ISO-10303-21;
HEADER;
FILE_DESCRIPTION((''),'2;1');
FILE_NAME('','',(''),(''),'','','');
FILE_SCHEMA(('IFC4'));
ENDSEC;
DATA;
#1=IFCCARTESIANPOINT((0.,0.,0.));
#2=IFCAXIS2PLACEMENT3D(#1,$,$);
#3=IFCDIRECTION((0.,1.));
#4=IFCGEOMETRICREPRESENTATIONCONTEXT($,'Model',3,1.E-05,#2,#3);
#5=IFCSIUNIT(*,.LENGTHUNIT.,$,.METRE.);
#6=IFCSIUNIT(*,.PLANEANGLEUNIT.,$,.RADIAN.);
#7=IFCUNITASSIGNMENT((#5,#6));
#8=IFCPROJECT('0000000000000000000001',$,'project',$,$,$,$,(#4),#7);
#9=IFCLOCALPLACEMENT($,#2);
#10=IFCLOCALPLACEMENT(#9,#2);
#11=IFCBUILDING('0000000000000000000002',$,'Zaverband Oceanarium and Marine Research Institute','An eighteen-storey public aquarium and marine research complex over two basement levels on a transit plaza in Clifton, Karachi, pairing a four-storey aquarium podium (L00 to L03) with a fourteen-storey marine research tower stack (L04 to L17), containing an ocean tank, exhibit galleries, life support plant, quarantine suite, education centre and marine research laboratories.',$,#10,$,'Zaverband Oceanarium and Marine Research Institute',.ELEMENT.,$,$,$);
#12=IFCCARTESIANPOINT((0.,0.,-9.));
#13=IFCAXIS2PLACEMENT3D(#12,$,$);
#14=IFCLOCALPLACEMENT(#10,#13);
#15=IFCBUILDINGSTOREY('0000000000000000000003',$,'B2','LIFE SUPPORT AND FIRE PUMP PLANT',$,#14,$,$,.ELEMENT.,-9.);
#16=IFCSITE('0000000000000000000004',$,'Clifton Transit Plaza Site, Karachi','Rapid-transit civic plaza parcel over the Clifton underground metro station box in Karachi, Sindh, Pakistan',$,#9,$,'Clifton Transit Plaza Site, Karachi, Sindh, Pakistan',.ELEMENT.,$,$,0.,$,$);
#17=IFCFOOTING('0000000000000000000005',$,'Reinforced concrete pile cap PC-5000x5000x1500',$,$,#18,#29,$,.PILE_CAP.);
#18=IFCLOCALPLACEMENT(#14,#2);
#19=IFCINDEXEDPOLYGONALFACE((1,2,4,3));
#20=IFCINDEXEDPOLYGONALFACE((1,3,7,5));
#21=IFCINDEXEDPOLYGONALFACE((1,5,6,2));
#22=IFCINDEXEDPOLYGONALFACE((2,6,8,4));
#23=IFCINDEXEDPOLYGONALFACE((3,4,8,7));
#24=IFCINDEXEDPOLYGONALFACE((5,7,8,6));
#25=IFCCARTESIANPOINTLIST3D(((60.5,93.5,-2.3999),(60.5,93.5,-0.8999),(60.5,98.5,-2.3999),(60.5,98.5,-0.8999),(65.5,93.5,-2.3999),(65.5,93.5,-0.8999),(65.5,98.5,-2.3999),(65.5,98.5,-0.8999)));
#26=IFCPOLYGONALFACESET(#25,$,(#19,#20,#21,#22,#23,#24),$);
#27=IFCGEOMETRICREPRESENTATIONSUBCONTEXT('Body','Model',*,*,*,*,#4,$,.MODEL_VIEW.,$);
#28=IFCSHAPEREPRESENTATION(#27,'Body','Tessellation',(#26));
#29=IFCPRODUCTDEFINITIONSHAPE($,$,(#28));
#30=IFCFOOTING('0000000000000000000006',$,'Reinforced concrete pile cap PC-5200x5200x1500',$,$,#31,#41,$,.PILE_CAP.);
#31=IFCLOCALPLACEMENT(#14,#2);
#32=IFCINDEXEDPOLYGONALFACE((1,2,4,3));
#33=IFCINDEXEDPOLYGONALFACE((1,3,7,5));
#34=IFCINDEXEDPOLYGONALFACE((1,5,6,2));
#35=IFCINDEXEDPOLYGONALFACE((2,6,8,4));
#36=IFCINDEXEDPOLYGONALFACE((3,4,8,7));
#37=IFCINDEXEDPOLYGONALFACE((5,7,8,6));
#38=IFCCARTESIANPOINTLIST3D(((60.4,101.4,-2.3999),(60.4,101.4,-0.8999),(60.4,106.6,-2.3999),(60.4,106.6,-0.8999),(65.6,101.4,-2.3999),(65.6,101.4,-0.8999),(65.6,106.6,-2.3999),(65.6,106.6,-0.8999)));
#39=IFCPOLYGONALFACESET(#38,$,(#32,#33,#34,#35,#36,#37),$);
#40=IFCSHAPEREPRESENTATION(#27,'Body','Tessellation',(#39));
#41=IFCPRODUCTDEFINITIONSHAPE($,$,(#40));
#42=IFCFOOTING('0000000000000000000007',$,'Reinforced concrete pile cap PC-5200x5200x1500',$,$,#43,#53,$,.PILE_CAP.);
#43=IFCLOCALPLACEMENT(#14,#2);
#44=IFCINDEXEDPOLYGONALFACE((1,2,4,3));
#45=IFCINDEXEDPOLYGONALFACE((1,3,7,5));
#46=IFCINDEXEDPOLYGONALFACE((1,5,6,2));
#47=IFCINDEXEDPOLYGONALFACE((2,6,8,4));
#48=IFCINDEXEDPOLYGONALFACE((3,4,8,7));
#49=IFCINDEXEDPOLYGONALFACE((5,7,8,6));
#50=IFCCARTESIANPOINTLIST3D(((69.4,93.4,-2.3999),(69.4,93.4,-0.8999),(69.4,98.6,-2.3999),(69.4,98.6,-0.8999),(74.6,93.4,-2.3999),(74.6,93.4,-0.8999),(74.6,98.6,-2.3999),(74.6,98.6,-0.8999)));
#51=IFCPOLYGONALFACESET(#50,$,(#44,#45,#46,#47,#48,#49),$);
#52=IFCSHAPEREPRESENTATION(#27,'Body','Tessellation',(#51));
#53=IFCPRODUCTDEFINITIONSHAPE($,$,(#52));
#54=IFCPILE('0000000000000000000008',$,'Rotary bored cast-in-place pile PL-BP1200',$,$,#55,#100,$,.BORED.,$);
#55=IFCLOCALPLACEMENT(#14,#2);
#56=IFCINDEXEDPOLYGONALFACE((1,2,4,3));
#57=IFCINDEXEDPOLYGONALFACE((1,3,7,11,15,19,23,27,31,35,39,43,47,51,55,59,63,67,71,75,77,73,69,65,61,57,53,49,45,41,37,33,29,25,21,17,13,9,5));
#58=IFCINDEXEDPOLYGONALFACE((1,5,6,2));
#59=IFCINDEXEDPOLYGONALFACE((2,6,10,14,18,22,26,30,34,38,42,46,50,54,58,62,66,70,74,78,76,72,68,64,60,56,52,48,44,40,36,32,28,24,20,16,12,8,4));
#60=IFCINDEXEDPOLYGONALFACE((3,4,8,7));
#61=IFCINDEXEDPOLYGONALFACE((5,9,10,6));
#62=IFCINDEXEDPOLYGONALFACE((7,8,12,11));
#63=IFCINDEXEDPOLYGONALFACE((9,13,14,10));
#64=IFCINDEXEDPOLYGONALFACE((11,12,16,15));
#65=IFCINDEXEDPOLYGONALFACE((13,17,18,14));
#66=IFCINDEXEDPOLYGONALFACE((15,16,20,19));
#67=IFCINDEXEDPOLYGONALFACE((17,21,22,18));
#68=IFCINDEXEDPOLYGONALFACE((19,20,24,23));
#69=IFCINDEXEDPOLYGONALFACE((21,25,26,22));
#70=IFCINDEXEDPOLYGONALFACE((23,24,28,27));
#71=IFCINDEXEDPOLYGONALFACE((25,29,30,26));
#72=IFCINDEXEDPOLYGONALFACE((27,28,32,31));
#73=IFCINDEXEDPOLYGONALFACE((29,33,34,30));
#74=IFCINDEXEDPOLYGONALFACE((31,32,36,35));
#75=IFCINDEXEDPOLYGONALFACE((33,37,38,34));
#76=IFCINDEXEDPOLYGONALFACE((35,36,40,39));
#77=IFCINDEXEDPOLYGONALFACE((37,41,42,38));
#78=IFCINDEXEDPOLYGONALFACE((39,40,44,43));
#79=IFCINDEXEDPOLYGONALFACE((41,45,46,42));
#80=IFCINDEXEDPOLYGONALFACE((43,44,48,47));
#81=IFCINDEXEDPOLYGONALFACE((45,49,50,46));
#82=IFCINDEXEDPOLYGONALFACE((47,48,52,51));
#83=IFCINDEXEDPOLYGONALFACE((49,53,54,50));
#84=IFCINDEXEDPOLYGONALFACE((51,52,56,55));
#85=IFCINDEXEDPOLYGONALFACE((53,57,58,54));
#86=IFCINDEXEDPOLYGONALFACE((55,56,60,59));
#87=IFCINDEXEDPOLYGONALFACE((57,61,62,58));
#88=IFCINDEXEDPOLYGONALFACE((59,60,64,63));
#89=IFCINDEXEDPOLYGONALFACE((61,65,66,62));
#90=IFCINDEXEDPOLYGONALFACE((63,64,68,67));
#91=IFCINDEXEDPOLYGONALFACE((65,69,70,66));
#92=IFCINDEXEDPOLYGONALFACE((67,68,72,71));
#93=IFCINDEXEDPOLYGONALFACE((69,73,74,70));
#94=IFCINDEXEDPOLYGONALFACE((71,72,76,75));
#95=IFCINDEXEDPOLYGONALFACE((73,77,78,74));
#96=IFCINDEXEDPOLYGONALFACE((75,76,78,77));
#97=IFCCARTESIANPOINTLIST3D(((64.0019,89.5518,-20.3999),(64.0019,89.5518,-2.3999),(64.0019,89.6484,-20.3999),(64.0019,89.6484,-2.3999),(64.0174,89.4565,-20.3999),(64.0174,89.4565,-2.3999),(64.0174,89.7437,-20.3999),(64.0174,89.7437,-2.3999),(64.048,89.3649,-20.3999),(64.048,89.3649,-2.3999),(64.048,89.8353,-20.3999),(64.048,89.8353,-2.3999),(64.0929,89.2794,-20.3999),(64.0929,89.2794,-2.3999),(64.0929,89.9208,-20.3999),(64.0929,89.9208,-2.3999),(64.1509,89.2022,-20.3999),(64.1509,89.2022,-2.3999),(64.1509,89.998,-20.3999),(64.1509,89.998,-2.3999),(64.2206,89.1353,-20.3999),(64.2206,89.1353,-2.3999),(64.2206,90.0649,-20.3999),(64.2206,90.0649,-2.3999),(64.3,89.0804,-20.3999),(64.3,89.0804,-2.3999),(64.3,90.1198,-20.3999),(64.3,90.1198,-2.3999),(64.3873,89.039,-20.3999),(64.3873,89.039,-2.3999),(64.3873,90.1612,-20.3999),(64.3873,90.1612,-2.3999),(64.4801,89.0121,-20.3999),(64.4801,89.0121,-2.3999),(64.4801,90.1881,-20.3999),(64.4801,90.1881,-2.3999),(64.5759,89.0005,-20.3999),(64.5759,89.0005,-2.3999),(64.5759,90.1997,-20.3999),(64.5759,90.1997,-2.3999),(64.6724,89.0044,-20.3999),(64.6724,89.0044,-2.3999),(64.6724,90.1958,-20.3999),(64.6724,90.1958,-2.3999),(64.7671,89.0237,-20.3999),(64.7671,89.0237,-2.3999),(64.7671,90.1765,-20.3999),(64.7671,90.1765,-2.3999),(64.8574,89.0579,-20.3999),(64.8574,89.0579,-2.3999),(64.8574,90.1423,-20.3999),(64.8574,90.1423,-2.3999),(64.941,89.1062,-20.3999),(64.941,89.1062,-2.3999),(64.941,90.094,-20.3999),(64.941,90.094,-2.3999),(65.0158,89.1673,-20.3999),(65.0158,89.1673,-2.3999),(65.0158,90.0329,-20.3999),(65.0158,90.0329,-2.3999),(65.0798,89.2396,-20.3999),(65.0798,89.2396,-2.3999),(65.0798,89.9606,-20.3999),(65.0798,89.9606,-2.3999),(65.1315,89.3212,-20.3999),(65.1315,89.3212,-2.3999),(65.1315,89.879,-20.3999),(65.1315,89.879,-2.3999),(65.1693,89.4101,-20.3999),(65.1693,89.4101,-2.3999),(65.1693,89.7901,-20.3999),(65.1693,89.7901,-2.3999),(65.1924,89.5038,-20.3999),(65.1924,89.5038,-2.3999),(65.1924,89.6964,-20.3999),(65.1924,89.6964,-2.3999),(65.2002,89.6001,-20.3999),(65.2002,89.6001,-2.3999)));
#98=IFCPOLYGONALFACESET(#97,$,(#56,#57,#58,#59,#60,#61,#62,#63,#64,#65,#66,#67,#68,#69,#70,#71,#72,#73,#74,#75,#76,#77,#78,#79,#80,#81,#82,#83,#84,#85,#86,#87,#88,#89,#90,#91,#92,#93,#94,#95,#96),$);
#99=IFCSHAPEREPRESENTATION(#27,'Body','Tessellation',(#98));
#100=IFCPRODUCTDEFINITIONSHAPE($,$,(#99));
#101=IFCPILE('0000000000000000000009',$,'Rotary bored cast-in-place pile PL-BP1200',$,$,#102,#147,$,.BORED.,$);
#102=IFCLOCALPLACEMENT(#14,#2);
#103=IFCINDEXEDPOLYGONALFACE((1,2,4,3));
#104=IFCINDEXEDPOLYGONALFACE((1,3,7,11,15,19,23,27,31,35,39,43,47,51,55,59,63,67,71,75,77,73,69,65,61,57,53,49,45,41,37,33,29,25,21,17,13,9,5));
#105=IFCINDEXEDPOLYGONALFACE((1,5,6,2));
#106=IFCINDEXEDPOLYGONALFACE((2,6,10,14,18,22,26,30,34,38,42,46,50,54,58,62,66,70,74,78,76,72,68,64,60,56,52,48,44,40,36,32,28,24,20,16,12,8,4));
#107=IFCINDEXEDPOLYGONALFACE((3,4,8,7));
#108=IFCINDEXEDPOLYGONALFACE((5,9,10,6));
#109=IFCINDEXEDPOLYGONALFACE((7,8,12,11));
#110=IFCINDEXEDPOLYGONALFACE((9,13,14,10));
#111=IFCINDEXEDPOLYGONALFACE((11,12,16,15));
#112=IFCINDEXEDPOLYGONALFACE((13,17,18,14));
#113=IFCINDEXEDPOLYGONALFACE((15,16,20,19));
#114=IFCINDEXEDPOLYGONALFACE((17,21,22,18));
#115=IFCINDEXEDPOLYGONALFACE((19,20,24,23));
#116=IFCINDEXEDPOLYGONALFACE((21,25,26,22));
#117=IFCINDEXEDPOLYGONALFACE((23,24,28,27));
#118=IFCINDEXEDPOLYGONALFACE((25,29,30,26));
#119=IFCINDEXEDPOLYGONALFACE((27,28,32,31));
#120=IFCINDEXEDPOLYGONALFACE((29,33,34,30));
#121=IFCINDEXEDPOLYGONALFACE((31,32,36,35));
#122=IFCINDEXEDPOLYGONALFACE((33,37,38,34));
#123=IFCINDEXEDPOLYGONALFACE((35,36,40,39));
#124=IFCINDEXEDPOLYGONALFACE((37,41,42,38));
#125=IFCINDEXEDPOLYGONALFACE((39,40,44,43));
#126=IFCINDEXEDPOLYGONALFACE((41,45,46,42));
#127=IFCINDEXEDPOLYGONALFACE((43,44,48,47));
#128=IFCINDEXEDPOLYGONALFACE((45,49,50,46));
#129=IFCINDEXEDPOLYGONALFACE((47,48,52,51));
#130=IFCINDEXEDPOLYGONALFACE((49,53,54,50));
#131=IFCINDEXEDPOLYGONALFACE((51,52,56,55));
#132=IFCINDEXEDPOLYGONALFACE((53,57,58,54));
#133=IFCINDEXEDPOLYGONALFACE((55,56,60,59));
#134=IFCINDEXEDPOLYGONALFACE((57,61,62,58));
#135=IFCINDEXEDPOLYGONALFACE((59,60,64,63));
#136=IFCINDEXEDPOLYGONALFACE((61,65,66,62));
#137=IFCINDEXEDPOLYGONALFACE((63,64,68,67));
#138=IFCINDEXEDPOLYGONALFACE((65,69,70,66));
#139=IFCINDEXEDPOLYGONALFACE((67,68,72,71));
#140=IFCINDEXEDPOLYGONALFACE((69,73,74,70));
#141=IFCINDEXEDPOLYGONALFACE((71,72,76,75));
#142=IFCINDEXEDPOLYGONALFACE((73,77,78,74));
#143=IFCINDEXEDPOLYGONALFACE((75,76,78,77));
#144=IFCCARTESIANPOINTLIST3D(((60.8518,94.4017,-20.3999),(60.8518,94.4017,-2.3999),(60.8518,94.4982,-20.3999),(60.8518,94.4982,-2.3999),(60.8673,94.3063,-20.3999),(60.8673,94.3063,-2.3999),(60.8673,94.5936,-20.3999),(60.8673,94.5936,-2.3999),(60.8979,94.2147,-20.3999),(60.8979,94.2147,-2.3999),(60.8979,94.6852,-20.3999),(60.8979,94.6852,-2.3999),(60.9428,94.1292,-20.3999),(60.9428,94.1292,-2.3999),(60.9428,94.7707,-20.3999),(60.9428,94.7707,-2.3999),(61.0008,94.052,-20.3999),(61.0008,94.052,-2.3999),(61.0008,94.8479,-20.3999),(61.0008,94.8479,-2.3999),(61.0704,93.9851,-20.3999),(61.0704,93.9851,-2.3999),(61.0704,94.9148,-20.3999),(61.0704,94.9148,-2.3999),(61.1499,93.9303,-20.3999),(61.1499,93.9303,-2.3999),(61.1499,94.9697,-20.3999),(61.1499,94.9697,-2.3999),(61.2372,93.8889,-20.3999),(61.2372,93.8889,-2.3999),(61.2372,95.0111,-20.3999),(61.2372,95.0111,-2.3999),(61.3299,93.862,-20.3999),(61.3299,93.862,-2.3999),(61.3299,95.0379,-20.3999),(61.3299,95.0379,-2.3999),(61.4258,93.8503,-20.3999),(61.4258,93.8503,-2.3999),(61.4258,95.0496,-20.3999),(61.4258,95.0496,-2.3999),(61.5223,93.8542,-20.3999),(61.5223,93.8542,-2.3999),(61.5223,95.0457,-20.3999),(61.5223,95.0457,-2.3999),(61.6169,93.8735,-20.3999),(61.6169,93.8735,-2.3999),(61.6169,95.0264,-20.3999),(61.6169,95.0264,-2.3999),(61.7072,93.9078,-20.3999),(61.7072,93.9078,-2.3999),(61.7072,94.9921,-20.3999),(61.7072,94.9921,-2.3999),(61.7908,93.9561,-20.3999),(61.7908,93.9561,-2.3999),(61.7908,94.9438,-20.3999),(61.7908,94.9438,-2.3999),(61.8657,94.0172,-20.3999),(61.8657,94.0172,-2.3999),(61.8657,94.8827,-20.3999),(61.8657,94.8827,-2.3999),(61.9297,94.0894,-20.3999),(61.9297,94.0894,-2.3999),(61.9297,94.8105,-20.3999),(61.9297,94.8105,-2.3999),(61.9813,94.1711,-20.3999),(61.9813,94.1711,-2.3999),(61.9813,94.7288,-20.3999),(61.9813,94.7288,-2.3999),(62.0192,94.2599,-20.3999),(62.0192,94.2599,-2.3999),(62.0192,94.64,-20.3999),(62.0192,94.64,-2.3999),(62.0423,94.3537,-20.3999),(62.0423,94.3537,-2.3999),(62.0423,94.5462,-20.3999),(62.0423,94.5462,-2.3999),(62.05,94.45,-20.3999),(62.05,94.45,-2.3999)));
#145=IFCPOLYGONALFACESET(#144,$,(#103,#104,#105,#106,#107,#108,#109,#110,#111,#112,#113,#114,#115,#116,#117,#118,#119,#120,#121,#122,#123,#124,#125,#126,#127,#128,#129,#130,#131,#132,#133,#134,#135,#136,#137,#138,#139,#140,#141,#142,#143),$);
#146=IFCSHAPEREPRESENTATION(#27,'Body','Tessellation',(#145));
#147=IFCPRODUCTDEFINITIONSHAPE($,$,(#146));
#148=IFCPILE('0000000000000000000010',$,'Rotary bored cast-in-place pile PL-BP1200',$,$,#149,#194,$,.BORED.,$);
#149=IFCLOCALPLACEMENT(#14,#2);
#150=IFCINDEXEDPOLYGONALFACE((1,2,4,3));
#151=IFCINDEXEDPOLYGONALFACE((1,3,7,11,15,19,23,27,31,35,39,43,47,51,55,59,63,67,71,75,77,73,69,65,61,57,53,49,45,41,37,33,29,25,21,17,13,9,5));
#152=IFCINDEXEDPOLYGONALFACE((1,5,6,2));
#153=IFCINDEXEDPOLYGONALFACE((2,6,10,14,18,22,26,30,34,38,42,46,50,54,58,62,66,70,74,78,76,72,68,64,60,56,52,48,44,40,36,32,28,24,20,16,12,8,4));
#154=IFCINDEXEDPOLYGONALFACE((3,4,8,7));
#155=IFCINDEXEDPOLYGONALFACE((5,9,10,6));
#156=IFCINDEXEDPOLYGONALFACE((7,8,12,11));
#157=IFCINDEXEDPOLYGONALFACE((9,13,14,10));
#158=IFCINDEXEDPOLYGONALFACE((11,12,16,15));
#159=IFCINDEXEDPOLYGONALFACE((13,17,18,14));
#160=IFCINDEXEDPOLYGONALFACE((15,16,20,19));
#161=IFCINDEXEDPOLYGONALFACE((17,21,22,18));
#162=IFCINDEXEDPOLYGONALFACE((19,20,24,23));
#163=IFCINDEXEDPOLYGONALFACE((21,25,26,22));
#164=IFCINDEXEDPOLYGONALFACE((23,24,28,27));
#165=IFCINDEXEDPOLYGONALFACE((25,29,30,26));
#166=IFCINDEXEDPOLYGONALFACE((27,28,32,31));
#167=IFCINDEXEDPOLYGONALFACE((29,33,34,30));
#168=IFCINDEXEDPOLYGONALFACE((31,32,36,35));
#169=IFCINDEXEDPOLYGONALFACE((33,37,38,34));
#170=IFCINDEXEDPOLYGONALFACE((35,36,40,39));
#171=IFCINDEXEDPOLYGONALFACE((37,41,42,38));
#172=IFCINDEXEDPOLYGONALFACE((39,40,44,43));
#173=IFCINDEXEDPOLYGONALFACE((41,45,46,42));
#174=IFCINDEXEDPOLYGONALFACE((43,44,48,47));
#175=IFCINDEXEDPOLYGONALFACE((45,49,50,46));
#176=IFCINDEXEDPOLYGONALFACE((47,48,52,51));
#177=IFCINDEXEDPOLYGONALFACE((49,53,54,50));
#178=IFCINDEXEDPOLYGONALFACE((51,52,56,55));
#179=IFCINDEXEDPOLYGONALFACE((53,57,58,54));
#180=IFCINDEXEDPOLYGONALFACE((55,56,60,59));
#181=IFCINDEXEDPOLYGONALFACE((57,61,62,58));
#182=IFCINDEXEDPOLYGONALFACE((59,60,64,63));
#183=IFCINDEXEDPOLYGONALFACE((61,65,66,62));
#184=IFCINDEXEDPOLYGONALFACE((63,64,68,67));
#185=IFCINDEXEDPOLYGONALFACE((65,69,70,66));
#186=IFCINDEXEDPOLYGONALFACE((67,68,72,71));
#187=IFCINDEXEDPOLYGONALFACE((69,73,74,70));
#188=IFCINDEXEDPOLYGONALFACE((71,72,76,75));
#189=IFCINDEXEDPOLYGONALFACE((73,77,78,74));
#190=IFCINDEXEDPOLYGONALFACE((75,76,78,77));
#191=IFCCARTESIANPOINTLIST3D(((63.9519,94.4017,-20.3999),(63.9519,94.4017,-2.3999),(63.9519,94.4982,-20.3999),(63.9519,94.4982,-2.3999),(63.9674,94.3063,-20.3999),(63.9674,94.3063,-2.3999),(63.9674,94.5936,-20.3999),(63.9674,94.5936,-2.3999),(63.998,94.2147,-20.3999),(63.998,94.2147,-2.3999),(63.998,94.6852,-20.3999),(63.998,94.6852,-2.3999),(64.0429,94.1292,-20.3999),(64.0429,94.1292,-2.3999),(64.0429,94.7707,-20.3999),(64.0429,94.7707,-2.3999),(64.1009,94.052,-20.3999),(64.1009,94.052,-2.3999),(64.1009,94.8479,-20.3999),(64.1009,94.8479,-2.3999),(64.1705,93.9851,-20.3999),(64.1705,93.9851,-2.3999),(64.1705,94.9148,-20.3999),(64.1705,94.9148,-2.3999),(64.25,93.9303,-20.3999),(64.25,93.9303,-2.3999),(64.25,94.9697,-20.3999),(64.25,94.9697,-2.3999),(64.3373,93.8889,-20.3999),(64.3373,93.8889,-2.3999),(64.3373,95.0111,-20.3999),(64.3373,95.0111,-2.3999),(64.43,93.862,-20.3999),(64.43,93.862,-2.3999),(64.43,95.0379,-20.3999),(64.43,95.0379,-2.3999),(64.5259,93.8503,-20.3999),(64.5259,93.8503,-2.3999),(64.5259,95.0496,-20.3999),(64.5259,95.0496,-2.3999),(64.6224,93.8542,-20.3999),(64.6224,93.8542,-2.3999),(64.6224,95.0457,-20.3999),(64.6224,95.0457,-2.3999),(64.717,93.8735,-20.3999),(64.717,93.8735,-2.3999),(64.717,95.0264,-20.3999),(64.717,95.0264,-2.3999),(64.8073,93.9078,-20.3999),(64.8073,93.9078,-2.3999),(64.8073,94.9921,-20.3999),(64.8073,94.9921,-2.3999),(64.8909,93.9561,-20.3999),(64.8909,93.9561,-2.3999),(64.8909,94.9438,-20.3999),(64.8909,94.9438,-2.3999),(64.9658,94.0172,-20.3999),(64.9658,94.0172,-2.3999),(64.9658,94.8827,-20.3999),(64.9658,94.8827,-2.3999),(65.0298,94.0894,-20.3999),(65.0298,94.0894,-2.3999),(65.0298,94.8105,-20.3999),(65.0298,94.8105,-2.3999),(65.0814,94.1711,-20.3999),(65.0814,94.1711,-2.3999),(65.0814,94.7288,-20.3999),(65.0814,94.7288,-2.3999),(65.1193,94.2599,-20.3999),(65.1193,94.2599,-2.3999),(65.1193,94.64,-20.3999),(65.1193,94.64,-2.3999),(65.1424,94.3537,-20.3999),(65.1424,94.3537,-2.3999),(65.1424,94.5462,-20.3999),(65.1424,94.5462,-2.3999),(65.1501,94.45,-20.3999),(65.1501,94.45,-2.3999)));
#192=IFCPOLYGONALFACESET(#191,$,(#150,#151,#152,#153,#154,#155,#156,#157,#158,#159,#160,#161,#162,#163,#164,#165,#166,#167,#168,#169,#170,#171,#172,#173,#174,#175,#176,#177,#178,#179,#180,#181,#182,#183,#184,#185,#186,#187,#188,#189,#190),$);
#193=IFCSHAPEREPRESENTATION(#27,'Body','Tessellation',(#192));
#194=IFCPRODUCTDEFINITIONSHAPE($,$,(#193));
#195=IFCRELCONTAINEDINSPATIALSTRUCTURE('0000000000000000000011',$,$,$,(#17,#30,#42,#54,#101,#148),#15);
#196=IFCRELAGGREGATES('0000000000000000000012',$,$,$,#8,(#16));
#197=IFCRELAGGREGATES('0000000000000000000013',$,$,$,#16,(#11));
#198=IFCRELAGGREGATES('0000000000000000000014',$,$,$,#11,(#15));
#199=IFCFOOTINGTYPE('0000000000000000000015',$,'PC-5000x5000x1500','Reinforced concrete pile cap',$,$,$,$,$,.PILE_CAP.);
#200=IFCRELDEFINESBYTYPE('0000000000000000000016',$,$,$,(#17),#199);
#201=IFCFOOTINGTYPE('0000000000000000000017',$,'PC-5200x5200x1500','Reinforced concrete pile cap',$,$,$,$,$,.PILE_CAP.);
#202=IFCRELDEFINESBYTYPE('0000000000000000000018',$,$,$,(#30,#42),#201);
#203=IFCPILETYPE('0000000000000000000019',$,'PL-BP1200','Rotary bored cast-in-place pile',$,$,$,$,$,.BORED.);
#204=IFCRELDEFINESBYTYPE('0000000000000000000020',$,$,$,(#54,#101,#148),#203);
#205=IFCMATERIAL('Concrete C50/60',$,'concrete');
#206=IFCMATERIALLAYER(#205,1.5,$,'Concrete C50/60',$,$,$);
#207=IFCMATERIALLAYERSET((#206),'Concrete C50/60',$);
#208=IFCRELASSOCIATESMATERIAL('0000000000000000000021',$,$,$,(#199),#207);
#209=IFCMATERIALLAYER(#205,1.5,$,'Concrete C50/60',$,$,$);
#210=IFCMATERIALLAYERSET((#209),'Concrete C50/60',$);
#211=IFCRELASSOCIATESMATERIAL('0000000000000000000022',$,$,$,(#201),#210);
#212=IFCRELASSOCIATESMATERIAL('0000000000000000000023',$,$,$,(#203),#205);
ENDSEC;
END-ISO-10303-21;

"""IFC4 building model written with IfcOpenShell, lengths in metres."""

from ifc_helpers import new_model, si_unit, direction, frame, origin, origin_2d, place, context, subcontext, project, spatial, rectangle, circle, extrude, material, layer, layer_set, material_profile, profile_set, type_object, element, save


model = new_model("IFC4")

# Units and contexts
model_context = context("Model", 3, precision=1e-05, world=origin(), true_north=direction((0.0, 1.0)))
body_context = subcontext(model_context, "Body", "Model", "MODEL_VIEW")
ifc_project = project(units=[si_unit("LENGTHUNIT", "METRE"), si_unit("PLANEANGLEUNIT", "RADIAN")], contexts=[model_context])

# Site, building, storey
site_placement = place(None, origin())
site = spatial("IfcSite", under=ifc_project, at=site_placement, Name="Clifton Transit Plaza Site, Karachi", Description="Rapid-transit civic plaza parcel over the Clifton underground metro station box in Karachi, Sindh, Pakistan", LongName="Clifton Transit Plaza Site, Karachi, Sindh, Pakistan", CompositionType="ELEMENT", RefElevation=0.0)
building_placement = place(site_placement, origin())
building = spatial("IfcBuilding", under=site, at=building_placement, Name="Zaverband Oceanarium and Marine Research Institute", Description="An eighteen-storey public aquarium and marine research complex over two basement levels on a transit plaza in Clifton, Karachi, pairing a four-storey aquarium podium (L00 to L03) with a fourteen-storey marine research tower stack (L04 to L17), containing an ocean tank, exhibit galleries, life support plant, quarantine suite, education centre and marine research laboratories.", LongName="Zaverband Oceanarium and Marine Research Institute", CompositionType="ELEMENT")
storey_placement = place(building_placement, frame((0.0, 0.0, -9.0)))
storey = spatial("IfcBuildingStorey", under=building, at=storey_placement, Name="B2", Description="LIFE SUPPORT AND FIRE PUMP PLANT", CompositionType="ELEMENT", Elevation=-9.0)

# Footings
ifc_material_1 = material(Name="Concrete C50/60", Category="concrete")
ifc_layer_1 = layer(ifc_material_1, 1.5, Name="Concrete C50/60")
ifc_layer_set_1 = layer_set([ifc_layer_1], Name="Concrete C50/60")
footing_type_1 = type_object("IfcFootingType", Name="PC-5000x5000x1500", Description="Reinforced concrete pile cap", PredefinedType="PILE_CAP", material=ifc_layer_set_1)
footing_placement = place(storey_placement, frame((63.0, 96.0, -2.3999), z_axis=(0.0, 0.0, 1.0), x_axis=(1.0, 0.0, 0.0)))
element("IfcFooting", 1, at=footing_placement, inside=storey, type_object=footing_type_1, Name="Reinforced concrete pile cap PC-5000x5000x1500", PredefinedType="PILE_CAP", context=body_context, shape_type="SweptSolid", body=[
    extrude(rectangle(XDim=5.0, YDim=5.0, at=origin_2d()), origin(), (0.0, 0.0, 1.0), 1.5),
])
ifc_layer_2 = layer(ifc_material_1, 1.5, Name="Concrete C50/60")
ifc_layer_set_2 = layer_set([ifc_layer_2], Name="Concrete C50/60")
footing_type_2 = type_object("IfcFootingType", Name="PC-5200x5200x1500", Description="Reinforced concrete pile cap", PredefinedType="PILE_CAP", material=ifc_layer_set_2)
for number, where, z_axis, x_axis, name in (
    (2, (63.0, 104.0, -2.3999), (0.0, 0.0, 1.0), (1.0, 0.0, 0.0), "Reinforced concrete pile cap PC-5200x5200x1500"),
    (3, (72.0, 96.0, -2.3999), (0.0, 0.0, 1.0), (1.0, 0.0, 0.0), "Reinforced concrete pile cap PC-5200x5200x1500"),
):
    element("IfcFooting", number, at=place(storey_placement, frame(where, z_axis=z_axis, x_axis=x_axis)), inside=storey, type_object=footing_type_2, Name=name, PredefinedType="PILE_CAP", context=body_context, shape_type="SweptSolid", body=[
        extrude(rectangle(XDim=5.2, YDim=5.2, at=origin_2d()), origin(), (0.0, 0.0, 1.0), 1.5),
    ])

# Piles
ifc_material_profile_1 = material_profile(ifc_material_1, circle(Radius=0.6001, at=origin_2d()), Name="BP1200")
ifc_profile_set_1 = profile_set([ifc_material_profile_1], Name="Concrete C50/60")
pile_type = type_object("IfcPileType", Name="PL-BP1200", Description="Rotary bored cast-in-place pile", PredefinedType="BORED", material=ifc_profile_set_1)
for number, where, z_axis, x_axis, name in (
    (4, (64.6001, 89.6001, -2.3999), (0.0, 0.0, -1.0), (1.0, 0.0, 0.0), "Rotary bored cast-in-place pile PL-BP1200"),
    (5, (61.45, 94.45, -2.3999), (0.0, 0.0, -1.0), (1.0, 0.0, 0.0), "Rotary bored cast-in-place pile PL-BP1200"),
    (6, (64.55, 94.45, -2.3999), (0.0, 0.0, -1.0), (1.0, 0.0, 0.0), "Rotary bored cast-in-place pile PL-BP1200"),
):
    element("IfcPile", number, at=place(storey_placement, frame(where, z_axis=z_axis, x_axis=x_axis)), inside=storey, type_object=pile_type, Name=name, PredefinedType="BORED", context=body_context, shape_type="SweptSolid", body=[
        extrude(circle(Radius=0.6001, at=origin_2d()), origin(), (0.0, 0.0, 1.0), 18.0),
    ])

save(model, "model.ifc")
